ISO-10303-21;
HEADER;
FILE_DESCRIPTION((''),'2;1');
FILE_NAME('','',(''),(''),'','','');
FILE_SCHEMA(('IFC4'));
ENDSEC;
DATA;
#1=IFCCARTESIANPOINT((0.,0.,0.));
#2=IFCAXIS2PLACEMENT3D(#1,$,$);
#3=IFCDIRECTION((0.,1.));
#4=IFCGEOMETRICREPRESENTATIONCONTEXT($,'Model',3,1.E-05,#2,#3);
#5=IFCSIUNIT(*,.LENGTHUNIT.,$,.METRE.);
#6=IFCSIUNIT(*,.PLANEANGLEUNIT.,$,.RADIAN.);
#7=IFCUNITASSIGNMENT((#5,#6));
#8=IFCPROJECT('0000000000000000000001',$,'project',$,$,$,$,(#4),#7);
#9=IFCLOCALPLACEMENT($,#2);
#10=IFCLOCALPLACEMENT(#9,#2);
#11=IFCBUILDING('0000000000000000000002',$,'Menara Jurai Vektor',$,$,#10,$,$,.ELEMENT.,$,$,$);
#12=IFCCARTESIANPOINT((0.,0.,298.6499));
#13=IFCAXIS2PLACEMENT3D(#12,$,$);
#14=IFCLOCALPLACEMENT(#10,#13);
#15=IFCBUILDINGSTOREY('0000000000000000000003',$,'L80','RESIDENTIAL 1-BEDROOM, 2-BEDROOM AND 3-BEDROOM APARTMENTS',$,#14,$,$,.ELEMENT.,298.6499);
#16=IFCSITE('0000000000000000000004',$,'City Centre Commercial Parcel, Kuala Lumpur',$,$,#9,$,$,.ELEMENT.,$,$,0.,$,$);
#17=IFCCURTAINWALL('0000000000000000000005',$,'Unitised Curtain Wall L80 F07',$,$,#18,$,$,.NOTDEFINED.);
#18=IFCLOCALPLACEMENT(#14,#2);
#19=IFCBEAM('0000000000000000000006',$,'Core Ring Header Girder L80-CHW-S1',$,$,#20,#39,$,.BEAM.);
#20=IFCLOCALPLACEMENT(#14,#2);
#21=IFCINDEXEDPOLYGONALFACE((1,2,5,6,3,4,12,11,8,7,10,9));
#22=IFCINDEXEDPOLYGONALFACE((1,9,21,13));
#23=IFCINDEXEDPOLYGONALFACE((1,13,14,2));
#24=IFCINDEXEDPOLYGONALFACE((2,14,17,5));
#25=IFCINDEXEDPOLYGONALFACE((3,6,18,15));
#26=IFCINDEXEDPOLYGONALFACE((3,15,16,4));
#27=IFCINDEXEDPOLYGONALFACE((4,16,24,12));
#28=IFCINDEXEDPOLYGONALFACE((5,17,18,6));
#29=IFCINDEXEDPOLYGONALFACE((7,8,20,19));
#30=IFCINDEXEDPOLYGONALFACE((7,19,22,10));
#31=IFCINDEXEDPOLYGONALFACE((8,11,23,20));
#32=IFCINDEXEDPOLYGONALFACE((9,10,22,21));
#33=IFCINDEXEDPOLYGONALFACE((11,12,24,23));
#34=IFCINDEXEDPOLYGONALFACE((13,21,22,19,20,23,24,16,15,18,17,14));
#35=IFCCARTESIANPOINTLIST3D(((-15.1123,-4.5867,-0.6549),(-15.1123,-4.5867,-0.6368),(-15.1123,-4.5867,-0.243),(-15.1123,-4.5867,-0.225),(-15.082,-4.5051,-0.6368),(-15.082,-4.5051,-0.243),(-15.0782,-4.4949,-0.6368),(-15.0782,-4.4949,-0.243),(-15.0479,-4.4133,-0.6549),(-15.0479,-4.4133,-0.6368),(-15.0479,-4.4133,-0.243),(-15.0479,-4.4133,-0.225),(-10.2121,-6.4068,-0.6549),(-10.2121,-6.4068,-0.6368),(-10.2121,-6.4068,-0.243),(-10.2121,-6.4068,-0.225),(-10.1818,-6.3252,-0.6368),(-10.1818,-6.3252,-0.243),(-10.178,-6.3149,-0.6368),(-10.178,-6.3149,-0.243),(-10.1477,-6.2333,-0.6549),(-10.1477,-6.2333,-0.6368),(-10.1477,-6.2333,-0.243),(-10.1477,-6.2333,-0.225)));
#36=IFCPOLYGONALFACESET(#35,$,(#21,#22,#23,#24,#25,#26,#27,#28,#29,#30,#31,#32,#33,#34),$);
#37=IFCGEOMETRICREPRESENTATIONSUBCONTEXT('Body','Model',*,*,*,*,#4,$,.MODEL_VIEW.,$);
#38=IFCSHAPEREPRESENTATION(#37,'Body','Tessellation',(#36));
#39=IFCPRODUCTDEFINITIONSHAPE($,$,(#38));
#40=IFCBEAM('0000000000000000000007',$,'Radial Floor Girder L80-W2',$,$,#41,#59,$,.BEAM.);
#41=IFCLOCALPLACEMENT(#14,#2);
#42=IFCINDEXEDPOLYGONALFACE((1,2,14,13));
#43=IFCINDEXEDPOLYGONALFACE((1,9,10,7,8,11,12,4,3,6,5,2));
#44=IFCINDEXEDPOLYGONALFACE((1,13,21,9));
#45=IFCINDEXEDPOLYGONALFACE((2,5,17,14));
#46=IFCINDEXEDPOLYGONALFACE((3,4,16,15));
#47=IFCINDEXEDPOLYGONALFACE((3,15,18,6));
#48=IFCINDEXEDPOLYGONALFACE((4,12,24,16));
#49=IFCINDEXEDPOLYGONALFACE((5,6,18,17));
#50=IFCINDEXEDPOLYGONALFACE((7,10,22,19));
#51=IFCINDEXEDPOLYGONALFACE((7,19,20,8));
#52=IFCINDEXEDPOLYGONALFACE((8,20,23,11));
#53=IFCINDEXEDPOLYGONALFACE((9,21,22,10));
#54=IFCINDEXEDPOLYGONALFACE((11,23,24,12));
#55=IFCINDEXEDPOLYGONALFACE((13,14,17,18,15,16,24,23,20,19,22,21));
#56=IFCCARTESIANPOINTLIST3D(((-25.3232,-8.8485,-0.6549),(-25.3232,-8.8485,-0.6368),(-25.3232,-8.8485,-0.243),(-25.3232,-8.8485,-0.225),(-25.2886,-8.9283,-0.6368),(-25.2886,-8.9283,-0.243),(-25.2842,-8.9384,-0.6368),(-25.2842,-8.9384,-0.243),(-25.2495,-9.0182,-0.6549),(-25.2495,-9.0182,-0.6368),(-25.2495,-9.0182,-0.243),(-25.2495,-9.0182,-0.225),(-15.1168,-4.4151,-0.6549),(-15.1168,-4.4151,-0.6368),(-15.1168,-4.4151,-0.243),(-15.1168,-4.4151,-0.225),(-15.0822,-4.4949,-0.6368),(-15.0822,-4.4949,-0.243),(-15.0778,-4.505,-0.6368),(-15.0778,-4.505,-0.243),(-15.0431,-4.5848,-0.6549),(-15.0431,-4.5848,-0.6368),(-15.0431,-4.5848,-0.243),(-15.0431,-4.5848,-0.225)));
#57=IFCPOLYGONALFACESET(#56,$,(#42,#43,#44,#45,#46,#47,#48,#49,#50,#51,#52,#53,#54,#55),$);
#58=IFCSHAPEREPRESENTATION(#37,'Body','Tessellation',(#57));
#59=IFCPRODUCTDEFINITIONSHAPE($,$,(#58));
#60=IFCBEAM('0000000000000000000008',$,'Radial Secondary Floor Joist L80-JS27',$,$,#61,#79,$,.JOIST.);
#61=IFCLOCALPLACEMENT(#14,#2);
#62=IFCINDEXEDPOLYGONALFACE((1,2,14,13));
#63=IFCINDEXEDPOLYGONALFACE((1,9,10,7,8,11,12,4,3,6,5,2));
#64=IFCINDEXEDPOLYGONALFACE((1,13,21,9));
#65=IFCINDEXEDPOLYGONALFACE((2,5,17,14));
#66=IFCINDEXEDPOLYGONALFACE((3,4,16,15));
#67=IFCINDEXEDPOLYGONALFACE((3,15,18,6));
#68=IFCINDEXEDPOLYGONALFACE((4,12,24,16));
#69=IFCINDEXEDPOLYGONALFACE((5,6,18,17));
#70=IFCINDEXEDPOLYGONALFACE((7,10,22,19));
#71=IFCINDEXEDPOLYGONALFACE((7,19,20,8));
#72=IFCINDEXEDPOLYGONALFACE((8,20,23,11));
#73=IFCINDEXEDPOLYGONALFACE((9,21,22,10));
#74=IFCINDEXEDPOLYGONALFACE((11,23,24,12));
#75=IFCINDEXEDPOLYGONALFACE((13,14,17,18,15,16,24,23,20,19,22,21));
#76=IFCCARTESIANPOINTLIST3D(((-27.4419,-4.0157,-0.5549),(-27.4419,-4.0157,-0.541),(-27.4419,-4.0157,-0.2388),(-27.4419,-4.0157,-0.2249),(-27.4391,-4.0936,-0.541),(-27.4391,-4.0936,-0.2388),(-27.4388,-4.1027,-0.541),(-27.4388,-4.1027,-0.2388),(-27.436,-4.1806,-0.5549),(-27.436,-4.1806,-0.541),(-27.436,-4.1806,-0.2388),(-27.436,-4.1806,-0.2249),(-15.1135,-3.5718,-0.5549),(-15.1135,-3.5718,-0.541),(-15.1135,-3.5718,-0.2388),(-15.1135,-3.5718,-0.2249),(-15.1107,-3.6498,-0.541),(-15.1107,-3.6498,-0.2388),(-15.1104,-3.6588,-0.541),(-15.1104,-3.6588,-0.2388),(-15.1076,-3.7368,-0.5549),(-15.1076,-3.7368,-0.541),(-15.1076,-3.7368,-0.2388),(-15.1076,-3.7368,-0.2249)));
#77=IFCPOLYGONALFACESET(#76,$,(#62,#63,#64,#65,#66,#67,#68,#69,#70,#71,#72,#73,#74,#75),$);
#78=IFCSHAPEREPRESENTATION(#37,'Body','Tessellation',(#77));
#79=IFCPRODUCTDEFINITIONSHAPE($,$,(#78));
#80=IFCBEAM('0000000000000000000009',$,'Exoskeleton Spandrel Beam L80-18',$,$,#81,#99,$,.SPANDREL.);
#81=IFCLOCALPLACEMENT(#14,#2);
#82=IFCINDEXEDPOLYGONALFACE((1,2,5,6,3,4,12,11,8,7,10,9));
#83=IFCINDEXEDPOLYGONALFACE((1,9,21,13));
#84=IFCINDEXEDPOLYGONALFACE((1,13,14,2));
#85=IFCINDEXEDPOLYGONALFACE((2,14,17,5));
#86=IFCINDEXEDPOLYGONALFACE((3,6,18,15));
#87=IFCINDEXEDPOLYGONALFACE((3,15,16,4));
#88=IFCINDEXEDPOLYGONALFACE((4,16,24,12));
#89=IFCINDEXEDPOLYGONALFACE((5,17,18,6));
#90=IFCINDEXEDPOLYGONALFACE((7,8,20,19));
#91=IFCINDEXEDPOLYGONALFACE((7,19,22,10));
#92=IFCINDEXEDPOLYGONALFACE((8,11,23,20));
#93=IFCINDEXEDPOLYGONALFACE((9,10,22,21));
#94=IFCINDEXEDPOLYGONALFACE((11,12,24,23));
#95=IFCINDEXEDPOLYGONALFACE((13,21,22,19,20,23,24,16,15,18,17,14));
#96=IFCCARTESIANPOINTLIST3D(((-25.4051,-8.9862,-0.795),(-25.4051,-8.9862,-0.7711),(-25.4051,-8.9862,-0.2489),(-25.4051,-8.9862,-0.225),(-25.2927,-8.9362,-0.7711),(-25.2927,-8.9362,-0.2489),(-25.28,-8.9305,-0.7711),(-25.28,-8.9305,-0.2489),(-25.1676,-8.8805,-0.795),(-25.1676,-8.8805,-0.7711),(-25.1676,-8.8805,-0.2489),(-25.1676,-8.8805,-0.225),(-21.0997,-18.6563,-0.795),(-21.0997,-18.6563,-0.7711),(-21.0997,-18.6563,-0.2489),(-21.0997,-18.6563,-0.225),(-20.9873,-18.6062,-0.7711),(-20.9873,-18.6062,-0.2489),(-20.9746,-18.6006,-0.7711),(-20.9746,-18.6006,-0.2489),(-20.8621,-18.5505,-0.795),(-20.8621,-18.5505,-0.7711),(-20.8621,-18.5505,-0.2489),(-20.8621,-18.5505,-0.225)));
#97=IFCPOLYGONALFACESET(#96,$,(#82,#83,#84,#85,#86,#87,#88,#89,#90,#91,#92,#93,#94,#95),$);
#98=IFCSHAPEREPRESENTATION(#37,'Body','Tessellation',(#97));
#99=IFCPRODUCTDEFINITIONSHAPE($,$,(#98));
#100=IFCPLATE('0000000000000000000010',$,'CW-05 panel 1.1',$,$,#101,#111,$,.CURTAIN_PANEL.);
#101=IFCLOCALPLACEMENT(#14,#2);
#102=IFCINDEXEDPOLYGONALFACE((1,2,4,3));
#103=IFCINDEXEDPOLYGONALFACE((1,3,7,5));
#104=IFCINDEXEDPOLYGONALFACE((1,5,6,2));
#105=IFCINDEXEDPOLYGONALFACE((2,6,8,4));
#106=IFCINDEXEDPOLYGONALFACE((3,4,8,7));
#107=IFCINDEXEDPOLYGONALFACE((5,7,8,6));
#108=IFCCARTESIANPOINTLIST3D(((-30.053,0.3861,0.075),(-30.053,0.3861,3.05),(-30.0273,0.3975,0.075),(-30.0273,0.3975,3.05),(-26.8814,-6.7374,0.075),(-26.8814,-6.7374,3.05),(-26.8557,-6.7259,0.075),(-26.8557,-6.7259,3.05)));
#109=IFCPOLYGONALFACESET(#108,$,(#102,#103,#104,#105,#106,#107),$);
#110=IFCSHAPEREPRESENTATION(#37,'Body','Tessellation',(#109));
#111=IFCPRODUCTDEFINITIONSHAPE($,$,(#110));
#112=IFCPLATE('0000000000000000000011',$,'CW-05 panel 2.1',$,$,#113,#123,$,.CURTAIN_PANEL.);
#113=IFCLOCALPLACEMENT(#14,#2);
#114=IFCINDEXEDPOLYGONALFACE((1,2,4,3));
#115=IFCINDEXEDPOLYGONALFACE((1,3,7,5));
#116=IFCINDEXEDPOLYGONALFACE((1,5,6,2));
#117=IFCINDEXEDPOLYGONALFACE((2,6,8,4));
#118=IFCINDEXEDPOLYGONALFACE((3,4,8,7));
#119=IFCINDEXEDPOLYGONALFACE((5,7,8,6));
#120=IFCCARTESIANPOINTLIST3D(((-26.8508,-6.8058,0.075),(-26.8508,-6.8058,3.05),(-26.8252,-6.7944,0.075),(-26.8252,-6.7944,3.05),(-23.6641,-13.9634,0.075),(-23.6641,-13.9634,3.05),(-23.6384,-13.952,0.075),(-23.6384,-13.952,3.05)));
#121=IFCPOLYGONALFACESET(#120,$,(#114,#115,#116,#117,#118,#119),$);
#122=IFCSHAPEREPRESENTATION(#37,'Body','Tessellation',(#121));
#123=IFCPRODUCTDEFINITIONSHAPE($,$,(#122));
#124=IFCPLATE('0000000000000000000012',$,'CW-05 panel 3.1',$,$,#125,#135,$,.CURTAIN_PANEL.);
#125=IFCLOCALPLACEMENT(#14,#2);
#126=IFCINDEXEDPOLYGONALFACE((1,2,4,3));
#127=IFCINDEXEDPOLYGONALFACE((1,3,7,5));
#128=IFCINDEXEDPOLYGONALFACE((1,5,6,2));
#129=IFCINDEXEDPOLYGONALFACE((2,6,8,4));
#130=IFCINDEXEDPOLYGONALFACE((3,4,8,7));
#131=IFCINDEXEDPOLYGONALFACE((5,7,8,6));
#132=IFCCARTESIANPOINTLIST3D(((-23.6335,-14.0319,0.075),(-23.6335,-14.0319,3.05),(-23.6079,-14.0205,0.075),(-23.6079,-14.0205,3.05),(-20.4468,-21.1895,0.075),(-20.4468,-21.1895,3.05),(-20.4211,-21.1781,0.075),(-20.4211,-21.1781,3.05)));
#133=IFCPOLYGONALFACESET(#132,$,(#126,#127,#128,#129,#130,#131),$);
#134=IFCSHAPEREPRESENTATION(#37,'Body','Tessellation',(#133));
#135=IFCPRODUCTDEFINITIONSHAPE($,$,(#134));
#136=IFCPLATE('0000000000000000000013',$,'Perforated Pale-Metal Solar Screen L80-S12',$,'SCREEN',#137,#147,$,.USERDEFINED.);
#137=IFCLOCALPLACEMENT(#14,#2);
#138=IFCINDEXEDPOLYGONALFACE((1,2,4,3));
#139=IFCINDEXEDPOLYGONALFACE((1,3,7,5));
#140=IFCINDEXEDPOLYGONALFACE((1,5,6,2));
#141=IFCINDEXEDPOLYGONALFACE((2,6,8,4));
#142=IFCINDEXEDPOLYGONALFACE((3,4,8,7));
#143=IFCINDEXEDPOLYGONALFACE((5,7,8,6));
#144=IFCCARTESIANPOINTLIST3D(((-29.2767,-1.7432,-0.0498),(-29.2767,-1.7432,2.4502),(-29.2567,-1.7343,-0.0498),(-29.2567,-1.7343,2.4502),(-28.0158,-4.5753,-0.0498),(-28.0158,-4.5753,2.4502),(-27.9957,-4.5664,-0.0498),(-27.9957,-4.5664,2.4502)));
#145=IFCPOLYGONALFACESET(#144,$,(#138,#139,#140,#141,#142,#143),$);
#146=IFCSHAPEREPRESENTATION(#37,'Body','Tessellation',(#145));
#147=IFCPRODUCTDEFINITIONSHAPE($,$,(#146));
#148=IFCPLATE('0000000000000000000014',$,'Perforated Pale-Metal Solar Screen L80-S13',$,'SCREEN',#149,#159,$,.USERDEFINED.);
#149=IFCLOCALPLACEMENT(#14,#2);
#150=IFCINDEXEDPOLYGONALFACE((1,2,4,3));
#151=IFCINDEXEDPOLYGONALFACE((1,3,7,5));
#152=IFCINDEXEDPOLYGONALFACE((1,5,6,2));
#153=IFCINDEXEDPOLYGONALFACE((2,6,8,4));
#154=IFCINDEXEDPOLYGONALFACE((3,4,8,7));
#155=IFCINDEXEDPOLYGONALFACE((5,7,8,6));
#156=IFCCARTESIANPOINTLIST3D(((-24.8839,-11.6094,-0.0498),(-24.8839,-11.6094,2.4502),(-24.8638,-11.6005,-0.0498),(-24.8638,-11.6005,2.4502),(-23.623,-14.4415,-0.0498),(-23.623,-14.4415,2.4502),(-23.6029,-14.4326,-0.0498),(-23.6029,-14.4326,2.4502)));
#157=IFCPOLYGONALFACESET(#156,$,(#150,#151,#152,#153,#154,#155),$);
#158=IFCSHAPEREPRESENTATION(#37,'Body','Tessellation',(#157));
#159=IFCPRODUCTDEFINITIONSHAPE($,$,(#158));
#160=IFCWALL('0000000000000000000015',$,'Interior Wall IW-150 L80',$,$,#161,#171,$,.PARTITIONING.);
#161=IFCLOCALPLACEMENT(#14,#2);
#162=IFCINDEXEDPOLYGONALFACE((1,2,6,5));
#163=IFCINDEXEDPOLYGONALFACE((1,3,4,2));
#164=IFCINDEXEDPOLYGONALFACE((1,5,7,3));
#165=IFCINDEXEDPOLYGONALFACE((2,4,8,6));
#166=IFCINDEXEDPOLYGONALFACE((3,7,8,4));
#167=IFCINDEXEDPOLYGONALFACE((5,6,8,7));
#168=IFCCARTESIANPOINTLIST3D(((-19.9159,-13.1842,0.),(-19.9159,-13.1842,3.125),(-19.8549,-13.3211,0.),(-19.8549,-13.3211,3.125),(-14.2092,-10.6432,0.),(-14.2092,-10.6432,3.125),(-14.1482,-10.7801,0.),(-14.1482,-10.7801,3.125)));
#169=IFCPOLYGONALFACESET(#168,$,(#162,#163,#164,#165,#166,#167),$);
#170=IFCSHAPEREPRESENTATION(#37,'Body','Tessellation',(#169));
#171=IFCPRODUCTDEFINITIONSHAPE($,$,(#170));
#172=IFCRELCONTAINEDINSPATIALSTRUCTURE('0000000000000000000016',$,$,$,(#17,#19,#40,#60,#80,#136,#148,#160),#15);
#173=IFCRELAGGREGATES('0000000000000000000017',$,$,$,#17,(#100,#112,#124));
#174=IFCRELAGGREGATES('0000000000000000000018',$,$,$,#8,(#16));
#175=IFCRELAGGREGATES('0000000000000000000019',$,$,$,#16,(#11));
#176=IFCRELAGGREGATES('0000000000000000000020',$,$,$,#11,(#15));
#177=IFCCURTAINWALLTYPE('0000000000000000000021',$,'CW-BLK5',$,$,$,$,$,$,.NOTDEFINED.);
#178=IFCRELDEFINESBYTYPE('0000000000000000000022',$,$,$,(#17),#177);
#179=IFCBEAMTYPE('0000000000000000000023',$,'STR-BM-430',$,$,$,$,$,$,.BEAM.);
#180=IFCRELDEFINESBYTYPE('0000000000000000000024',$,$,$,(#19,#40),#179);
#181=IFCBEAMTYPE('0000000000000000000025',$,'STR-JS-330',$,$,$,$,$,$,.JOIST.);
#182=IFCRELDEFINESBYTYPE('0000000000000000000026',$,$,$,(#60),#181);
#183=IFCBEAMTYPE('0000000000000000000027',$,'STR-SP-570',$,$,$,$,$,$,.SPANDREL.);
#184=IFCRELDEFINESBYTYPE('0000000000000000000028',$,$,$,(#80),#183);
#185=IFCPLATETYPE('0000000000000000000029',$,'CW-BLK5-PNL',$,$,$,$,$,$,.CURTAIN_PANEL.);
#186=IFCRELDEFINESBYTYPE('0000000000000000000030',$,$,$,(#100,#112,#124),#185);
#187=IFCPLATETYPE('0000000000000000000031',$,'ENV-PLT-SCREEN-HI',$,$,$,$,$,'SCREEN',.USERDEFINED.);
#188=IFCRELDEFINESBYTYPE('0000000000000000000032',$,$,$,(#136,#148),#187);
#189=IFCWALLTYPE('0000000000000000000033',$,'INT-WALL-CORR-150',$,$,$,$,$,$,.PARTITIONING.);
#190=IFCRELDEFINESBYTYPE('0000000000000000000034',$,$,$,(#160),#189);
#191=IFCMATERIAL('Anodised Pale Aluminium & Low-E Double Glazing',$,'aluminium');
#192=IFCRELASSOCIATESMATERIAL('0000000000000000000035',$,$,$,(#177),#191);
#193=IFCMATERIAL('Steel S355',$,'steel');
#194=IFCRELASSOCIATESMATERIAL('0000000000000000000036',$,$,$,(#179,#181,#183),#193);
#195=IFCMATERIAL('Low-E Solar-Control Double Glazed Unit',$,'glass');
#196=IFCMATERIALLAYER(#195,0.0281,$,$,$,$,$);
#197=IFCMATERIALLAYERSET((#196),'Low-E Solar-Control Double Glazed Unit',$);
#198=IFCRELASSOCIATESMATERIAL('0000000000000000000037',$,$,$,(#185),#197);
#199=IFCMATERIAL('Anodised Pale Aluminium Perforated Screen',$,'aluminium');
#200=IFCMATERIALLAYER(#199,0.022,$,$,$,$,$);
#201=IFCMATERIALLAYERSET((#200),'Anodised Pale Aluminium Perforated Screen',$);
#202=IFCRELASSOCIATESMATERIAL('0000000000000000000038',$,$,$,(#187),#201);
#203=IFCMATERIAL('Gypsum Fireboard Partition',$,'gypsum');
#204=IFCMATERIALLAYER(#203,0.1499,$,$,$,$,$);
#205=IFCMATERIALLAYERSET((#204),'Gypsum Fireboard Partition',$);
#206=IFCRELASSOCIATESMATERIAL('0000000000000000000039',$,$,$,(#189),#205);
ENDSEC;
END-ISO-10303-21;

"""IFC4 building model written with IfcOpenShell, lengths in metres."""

from ifc_helpers import new_model, si_unit, direction, frame, frame_2d, origin, origin_2d, place, context, subcontext, project, spatial, rectangle, i_section, extrude, material, layer, layer_set, material_profile, profile_set, type_object, element, aggregate, save


model = new_model("IFC4")

# Units and contexts
model_context = context("Model", 3, precision=1e-05, world=origin(), true_north=direction((0.0, 1.0)))
body_context = subcontext(model_context, "Body", "Model", "MODEL_VIEW")
ifc_project = project(units=[si_unit("LENGTHUNIT", "METRE"), si_unit("PLANEANGLEUNIT", "RADIAN")], contexts=[model_context])

# Site, building, storey
site_placement = place(None, origin())
site = spatial("IfcSite", under=ifc_project, at=site_placement, Name="City Centre Commercial Parcel, Kuala Lumpur", CompositionType="ELEMENT", RefElevation=0.0)
building_placement = place(site_placement, origin())
building = spatial("IfcBuilding", under=site, at=building_placement, Name="Menara Jurai Vektor", CompositionType="ELEMENT")
storey_placement = place(building_placement, frame((0.0, 0.0, 298.6499)))
storey = spatial("IfcBuildingStorey", under=building, at=storey_placement, Name="L80", Description="RESIDENTIAL 1-BEDROOM, 2-BEDROOM AND 3-BEDROOM APARTMENTS", CompositionType="ELEMENT", Elevation=298.6499)

# Curtain wall
ifc_material_1 = material(Name="Anodised Pale Aluminium & Low-E Double Glazing", Category="aluminium")
curtain_wall_type = type_object("IfcCurtainWallType", Name="CW-BLK5", PredefinedType="NOTDEFINED", material=ifc_material_1)
curtain_wall_placement = place(storey_placement, origin())
curtain_wall = element("IfcCurtainWall", 1, at=curtain_wall_placement, inside=storey, type_object=curtain_wall_type, Name="Unitised Curtain Wall L80 F07", PredefinedType="NOTDEFINED")

# Beams
ifc_material_2 = material(Name="Steel S355", Category="steel")
ifc_material_profile_1 = material_profile(ifc_material_2, i_section(OverallWidth=0.1851, OverallDepth=0.4299, WebThickness=0.011, FlangeThickness=0.0181, at=origin_2d()), Name="PG 430x185x76")
ifc_profile_set_1 = profile_set([ifc_material_profile_1], Name="Steel S355")
beam_type_1 = type_object("IfcBeamType", Name="STR-BM-430", PredefinedType="BEAM", material=ifc_profile_set_1)
beam_1_placement = place(storey_placement, frame((-15.0801, -4.5, -0.4399), z_axis=(0.937424, -0.348189, 0.0), x_axis=(0.348189, 0.937424, 0.0)))
element("IfcBeam", 2, at=beam_1_placement, inside=storey, type_object=beam_type_1, Name="Core Ring Header Girder L80-CHW-S1", PredefinedType="BEAM", context=body_context, shape_type="SweptSolid", body=[
    extrude(i_section(OverallWidth=0.1851, OverallDepth=0.4299, WebThickness=0.011, FlangeThickness=0.0181, at=origin_2d()), origin(), (0.0, 0.0, 1.0), 5.2273),
])
beam_2_placement = place(storey_placement, frame((-25.2864, -8.9333, -0.4399), z_axis=(0.917207, 0.398411, 0.0), x_axis=(-0.398411, 0.917207, 0.0)))
element("IfcBeam", 3, at=beam_2_placement, inside=storey, type_object=beam_type_1, Name="Radial Floor Girder L80-W2", PredefinedType="BEAM", context=body_context, shape_type="SweptSolid", body=[
    extrude(i_section(OverallWidth=0.1851, OverallDepth=0.4299, WebThickness=0.011, FlangeThickness=0.0181, at=origin_2d()), origin(), (0.0, 0.0, 1.0), 11.1277),
])
ifc_material_profile_2 = material_profile(ifc_material_2, i_section(OverallWidth=0.165, OverallDepth=0.3301, WebThickness=0.009, FlangeThickness=0.0139, at=origin_2d()), Name="PG 330x165x46")
ifc_profile_set_2 = profile_set([ifc_material_profile_2], Name="Steel S355")
beam_type_2 = type_object("IfcBeamType", Name="STR-JS-330", PredefinedType="JOIST", material=ifc_profile_set_2)
beam_3_placement = place(storey_placement, frame((-27.439, -4.0981, -0.3899), z_axis=(0.999353, 0.035979, 0.0), x_axis=(-0.035979, 0.999353, 0.0)))
element("IfcBeam", 4, at=beam_3_placement, inside=storey, type_object=beam_type_2, Name="Radial Secondary Floor Joist L80-JS27", PredefinedType="JOIST", context=body_context, shape_type="SweptSolid", body=[
    extrude(i_section(OverallWidth=0.165, OverallDepth=0.3301, WebThickness=0.009, FlangeThickness=0.0139, at=origin_2d()), origin(), (0.0, 0.0, 1.0), 12.3364),
])
ifc_material_profile_3 = material_profile(ifc_material_2, i_section(OverallWidth=0.26, OverallDepth=0.5701, WebThickness=0.0139, FlangeThickness=0.0239, at=origin_2d()), Name="PG 570x260x145")
ifc_profile_set_3 = profile_set([ifc_material_profile_3], Name="Steel S355")
beam_type_3 = type_object("IfcBeamType", Name="STR-SP-570", PredefinedType="SPANDREL", material=ifc_profile_set_3)
beam_4_placement = place(storey_placement, frame((-25.2864, -8.9333, -0.51), z_axis=(0.406744, -0.913542, 0.0), x_axis=(0.913542, 0.406744, 0.0)))
element("IfcBeam", 5, at=beam_4_placement, inside=storey, type_object=beam_type_3, Name="Exoskeleton Spandrel Beam L80-18", PredefinedType="SPANDREL", context=body_context, shape_type="SweptSolid", body=[
    extrude(i_section(OverallWidth=0.26, OverallDepth=0.5701, WebThickness=0.0139, FlangeThickness=0.0239, at=origin_2d()), origin(), (0.0, 0.0, 1.0), 10.5852),
])

# Plates
ifc_material_3 = material(Name="Low-E Solar-Control Double Glazed Unit", Category="glass")
ifc_layer_1 = layer(ifc_material_3, 0.0281)
ifc_layer_set_1 = layer_set([ifc_layer_1], Name="Low-E Solar-Control Double Glazed Unit")
plate_type_1 = type_object("IfcPlateType", Name="CW-BLK5-PNL", PredefinedType="CURTAIN_PANEL", material=ifc_layer_set_1)
plate_1_placement = place(storey_placement, frame((-28.4543, -3.1699, 0.075), z_axis=(0.0, 0.0, 1.0), x_axis=(0.406735, -0.913546, 0.0)))
plate_1 = element("IfcPlate", 6, at=plate_1_placement, type_object=plate_type_1, Name="CW-05 panel 1.1", PredefinedType="CURTAIN_PANEL", context=body_context, shape_type="SweptSolid", body=[
    extrude(rectangle(XDim=7.7976, YDim=0.0281, at=origin_2d()), origin(), (0.0, 0.0, 1.0), 2.9751),
])
plate_2_placement = place(storey_placement, frame((-25.2446, -10.3789, 0.075), z_axis=(0.0, 0.0, 1.0), x_axis=(0.406735, -0.913546, 0.0)))
plate_2 = element("IfcPlate", 7, at=plate_2_placement, type_object=plate_type_1, Name="CW-05 panel 2.1", PredefinedType="CURTAIN_PANEL", context=body_context, shape_type="SweptSolid", body=[
    extrude(rectangle(XDim=7.835, YDim=0.0281, at=origin_2d()), origin(), (0.0, 0.0, 1.0), 2.9751),
])
plate_3_placement = place(storey_placement, frame((-22.0273, -17.605, 0.075), z_axis=(0.0, 0.0, 1.0), x_axis=(0.406735, -0.913546, 0.0)))
plate_3 = element("IfcPlate", 8, at=plate_3_placement, type_object=plate_type_1, Name="CW-05 panel 3.1", PredefinedType="CURTAIN_PANEL", context=body_context, shape_type="SweptSolid", body=[
    extrude(rectangle(XDim=7.835, YDim=0.0281, at=origin_2d()), origin(), (0.0, 0.0, 1.0), 2.9751),
])
aggregate(curtain_wall, [plate_1, plate_2, plate_3])

# Plates
ifc_material_4 = material(Name="Anodised Pale Aluminium Perforated Screen", Category="aluminium")
ifc_layer_2 = layer(ifc_material_4, 0.022)
ifc_layer_set_2 = layer_set([ifc_layer_2], Name="Anodised Pale Aluminium Perforated Screen")
plate_type_2 = type_object("IfcPlateType", Name="ENV-PLT-SCREEN-HI", ElementType="SCREEN", PredefinedType="USERDEFINED", material=ifc_layer_set_2)
for number, where, z_axis, x_axis, name in (
    (9, (-28.6362, -3.1548, -0.0498), (0.0, 0.0, 1.0), (0.406737, -0.913545, 0.0), "Perforated Pale-Metal Solar Screen L80-S12"),
    (10, (-24.2434, -13.021, -0.0498), (0.0, 0.0, 1.0), (0.406737, -0.913545, 0.0), "Perforated Pale-Metal Solar Screen L80-S13"),
):
    element("IfcPlate", number, at=place(storey_placement, frame(where, z_axis=z_axis, x_axis=x_axis)), inside=storey, type_object=plate_type_2, Name=name, ObjectType="SCREEN", PredefinedType="USERDEFINED", context=body_context, shape_type="SweptSolid", body=[
        extrude(rectangle(XDim=3.1001, YDim=0.022, at=origin_2d()), origin(), (0.0, 0.0, 1.0), 2.5),
    ])

# Shared definitions
ifc_material_5 = material(Name="Gypsum Fireboard Partition", Category="gypsum")
ifc_layer_3 = layer(ifc_material_5, 0.1499)
ifc_layer_set_3 = layer_set([ifc_layer_3], Name="Gypsum Fireboard Partition")
wall_type = type_object("IfcWallType", Name="INT-WALL-CORR-150", PredefinedType="PARTITIONING", material=ifc_layer_set_3)

# Wall
wall_1_placement = place(storey_placement, frame((-19.8855, -13.2527, 0.0), z_axis=(0.0, 0.0, 1.0), x_axis=(0.913534, 0.406762, 0.0)))
element("IfcWall", 11, at=wall_1_placement, inside=storey, type_object=wall_type, Name="Interior Wall IW-150 L80", PredefinedType="PARTITIONING", context=body_context, shape_type="SweptSolid", body=[
    extrude(rectangle(XDim=6.2468, YDim=0.1499, at=frame_2d((3.1235, 0.0))), origin(), (0.0, 0.0, 1.0), 3.125),
])

save(model, "model.ifc")
